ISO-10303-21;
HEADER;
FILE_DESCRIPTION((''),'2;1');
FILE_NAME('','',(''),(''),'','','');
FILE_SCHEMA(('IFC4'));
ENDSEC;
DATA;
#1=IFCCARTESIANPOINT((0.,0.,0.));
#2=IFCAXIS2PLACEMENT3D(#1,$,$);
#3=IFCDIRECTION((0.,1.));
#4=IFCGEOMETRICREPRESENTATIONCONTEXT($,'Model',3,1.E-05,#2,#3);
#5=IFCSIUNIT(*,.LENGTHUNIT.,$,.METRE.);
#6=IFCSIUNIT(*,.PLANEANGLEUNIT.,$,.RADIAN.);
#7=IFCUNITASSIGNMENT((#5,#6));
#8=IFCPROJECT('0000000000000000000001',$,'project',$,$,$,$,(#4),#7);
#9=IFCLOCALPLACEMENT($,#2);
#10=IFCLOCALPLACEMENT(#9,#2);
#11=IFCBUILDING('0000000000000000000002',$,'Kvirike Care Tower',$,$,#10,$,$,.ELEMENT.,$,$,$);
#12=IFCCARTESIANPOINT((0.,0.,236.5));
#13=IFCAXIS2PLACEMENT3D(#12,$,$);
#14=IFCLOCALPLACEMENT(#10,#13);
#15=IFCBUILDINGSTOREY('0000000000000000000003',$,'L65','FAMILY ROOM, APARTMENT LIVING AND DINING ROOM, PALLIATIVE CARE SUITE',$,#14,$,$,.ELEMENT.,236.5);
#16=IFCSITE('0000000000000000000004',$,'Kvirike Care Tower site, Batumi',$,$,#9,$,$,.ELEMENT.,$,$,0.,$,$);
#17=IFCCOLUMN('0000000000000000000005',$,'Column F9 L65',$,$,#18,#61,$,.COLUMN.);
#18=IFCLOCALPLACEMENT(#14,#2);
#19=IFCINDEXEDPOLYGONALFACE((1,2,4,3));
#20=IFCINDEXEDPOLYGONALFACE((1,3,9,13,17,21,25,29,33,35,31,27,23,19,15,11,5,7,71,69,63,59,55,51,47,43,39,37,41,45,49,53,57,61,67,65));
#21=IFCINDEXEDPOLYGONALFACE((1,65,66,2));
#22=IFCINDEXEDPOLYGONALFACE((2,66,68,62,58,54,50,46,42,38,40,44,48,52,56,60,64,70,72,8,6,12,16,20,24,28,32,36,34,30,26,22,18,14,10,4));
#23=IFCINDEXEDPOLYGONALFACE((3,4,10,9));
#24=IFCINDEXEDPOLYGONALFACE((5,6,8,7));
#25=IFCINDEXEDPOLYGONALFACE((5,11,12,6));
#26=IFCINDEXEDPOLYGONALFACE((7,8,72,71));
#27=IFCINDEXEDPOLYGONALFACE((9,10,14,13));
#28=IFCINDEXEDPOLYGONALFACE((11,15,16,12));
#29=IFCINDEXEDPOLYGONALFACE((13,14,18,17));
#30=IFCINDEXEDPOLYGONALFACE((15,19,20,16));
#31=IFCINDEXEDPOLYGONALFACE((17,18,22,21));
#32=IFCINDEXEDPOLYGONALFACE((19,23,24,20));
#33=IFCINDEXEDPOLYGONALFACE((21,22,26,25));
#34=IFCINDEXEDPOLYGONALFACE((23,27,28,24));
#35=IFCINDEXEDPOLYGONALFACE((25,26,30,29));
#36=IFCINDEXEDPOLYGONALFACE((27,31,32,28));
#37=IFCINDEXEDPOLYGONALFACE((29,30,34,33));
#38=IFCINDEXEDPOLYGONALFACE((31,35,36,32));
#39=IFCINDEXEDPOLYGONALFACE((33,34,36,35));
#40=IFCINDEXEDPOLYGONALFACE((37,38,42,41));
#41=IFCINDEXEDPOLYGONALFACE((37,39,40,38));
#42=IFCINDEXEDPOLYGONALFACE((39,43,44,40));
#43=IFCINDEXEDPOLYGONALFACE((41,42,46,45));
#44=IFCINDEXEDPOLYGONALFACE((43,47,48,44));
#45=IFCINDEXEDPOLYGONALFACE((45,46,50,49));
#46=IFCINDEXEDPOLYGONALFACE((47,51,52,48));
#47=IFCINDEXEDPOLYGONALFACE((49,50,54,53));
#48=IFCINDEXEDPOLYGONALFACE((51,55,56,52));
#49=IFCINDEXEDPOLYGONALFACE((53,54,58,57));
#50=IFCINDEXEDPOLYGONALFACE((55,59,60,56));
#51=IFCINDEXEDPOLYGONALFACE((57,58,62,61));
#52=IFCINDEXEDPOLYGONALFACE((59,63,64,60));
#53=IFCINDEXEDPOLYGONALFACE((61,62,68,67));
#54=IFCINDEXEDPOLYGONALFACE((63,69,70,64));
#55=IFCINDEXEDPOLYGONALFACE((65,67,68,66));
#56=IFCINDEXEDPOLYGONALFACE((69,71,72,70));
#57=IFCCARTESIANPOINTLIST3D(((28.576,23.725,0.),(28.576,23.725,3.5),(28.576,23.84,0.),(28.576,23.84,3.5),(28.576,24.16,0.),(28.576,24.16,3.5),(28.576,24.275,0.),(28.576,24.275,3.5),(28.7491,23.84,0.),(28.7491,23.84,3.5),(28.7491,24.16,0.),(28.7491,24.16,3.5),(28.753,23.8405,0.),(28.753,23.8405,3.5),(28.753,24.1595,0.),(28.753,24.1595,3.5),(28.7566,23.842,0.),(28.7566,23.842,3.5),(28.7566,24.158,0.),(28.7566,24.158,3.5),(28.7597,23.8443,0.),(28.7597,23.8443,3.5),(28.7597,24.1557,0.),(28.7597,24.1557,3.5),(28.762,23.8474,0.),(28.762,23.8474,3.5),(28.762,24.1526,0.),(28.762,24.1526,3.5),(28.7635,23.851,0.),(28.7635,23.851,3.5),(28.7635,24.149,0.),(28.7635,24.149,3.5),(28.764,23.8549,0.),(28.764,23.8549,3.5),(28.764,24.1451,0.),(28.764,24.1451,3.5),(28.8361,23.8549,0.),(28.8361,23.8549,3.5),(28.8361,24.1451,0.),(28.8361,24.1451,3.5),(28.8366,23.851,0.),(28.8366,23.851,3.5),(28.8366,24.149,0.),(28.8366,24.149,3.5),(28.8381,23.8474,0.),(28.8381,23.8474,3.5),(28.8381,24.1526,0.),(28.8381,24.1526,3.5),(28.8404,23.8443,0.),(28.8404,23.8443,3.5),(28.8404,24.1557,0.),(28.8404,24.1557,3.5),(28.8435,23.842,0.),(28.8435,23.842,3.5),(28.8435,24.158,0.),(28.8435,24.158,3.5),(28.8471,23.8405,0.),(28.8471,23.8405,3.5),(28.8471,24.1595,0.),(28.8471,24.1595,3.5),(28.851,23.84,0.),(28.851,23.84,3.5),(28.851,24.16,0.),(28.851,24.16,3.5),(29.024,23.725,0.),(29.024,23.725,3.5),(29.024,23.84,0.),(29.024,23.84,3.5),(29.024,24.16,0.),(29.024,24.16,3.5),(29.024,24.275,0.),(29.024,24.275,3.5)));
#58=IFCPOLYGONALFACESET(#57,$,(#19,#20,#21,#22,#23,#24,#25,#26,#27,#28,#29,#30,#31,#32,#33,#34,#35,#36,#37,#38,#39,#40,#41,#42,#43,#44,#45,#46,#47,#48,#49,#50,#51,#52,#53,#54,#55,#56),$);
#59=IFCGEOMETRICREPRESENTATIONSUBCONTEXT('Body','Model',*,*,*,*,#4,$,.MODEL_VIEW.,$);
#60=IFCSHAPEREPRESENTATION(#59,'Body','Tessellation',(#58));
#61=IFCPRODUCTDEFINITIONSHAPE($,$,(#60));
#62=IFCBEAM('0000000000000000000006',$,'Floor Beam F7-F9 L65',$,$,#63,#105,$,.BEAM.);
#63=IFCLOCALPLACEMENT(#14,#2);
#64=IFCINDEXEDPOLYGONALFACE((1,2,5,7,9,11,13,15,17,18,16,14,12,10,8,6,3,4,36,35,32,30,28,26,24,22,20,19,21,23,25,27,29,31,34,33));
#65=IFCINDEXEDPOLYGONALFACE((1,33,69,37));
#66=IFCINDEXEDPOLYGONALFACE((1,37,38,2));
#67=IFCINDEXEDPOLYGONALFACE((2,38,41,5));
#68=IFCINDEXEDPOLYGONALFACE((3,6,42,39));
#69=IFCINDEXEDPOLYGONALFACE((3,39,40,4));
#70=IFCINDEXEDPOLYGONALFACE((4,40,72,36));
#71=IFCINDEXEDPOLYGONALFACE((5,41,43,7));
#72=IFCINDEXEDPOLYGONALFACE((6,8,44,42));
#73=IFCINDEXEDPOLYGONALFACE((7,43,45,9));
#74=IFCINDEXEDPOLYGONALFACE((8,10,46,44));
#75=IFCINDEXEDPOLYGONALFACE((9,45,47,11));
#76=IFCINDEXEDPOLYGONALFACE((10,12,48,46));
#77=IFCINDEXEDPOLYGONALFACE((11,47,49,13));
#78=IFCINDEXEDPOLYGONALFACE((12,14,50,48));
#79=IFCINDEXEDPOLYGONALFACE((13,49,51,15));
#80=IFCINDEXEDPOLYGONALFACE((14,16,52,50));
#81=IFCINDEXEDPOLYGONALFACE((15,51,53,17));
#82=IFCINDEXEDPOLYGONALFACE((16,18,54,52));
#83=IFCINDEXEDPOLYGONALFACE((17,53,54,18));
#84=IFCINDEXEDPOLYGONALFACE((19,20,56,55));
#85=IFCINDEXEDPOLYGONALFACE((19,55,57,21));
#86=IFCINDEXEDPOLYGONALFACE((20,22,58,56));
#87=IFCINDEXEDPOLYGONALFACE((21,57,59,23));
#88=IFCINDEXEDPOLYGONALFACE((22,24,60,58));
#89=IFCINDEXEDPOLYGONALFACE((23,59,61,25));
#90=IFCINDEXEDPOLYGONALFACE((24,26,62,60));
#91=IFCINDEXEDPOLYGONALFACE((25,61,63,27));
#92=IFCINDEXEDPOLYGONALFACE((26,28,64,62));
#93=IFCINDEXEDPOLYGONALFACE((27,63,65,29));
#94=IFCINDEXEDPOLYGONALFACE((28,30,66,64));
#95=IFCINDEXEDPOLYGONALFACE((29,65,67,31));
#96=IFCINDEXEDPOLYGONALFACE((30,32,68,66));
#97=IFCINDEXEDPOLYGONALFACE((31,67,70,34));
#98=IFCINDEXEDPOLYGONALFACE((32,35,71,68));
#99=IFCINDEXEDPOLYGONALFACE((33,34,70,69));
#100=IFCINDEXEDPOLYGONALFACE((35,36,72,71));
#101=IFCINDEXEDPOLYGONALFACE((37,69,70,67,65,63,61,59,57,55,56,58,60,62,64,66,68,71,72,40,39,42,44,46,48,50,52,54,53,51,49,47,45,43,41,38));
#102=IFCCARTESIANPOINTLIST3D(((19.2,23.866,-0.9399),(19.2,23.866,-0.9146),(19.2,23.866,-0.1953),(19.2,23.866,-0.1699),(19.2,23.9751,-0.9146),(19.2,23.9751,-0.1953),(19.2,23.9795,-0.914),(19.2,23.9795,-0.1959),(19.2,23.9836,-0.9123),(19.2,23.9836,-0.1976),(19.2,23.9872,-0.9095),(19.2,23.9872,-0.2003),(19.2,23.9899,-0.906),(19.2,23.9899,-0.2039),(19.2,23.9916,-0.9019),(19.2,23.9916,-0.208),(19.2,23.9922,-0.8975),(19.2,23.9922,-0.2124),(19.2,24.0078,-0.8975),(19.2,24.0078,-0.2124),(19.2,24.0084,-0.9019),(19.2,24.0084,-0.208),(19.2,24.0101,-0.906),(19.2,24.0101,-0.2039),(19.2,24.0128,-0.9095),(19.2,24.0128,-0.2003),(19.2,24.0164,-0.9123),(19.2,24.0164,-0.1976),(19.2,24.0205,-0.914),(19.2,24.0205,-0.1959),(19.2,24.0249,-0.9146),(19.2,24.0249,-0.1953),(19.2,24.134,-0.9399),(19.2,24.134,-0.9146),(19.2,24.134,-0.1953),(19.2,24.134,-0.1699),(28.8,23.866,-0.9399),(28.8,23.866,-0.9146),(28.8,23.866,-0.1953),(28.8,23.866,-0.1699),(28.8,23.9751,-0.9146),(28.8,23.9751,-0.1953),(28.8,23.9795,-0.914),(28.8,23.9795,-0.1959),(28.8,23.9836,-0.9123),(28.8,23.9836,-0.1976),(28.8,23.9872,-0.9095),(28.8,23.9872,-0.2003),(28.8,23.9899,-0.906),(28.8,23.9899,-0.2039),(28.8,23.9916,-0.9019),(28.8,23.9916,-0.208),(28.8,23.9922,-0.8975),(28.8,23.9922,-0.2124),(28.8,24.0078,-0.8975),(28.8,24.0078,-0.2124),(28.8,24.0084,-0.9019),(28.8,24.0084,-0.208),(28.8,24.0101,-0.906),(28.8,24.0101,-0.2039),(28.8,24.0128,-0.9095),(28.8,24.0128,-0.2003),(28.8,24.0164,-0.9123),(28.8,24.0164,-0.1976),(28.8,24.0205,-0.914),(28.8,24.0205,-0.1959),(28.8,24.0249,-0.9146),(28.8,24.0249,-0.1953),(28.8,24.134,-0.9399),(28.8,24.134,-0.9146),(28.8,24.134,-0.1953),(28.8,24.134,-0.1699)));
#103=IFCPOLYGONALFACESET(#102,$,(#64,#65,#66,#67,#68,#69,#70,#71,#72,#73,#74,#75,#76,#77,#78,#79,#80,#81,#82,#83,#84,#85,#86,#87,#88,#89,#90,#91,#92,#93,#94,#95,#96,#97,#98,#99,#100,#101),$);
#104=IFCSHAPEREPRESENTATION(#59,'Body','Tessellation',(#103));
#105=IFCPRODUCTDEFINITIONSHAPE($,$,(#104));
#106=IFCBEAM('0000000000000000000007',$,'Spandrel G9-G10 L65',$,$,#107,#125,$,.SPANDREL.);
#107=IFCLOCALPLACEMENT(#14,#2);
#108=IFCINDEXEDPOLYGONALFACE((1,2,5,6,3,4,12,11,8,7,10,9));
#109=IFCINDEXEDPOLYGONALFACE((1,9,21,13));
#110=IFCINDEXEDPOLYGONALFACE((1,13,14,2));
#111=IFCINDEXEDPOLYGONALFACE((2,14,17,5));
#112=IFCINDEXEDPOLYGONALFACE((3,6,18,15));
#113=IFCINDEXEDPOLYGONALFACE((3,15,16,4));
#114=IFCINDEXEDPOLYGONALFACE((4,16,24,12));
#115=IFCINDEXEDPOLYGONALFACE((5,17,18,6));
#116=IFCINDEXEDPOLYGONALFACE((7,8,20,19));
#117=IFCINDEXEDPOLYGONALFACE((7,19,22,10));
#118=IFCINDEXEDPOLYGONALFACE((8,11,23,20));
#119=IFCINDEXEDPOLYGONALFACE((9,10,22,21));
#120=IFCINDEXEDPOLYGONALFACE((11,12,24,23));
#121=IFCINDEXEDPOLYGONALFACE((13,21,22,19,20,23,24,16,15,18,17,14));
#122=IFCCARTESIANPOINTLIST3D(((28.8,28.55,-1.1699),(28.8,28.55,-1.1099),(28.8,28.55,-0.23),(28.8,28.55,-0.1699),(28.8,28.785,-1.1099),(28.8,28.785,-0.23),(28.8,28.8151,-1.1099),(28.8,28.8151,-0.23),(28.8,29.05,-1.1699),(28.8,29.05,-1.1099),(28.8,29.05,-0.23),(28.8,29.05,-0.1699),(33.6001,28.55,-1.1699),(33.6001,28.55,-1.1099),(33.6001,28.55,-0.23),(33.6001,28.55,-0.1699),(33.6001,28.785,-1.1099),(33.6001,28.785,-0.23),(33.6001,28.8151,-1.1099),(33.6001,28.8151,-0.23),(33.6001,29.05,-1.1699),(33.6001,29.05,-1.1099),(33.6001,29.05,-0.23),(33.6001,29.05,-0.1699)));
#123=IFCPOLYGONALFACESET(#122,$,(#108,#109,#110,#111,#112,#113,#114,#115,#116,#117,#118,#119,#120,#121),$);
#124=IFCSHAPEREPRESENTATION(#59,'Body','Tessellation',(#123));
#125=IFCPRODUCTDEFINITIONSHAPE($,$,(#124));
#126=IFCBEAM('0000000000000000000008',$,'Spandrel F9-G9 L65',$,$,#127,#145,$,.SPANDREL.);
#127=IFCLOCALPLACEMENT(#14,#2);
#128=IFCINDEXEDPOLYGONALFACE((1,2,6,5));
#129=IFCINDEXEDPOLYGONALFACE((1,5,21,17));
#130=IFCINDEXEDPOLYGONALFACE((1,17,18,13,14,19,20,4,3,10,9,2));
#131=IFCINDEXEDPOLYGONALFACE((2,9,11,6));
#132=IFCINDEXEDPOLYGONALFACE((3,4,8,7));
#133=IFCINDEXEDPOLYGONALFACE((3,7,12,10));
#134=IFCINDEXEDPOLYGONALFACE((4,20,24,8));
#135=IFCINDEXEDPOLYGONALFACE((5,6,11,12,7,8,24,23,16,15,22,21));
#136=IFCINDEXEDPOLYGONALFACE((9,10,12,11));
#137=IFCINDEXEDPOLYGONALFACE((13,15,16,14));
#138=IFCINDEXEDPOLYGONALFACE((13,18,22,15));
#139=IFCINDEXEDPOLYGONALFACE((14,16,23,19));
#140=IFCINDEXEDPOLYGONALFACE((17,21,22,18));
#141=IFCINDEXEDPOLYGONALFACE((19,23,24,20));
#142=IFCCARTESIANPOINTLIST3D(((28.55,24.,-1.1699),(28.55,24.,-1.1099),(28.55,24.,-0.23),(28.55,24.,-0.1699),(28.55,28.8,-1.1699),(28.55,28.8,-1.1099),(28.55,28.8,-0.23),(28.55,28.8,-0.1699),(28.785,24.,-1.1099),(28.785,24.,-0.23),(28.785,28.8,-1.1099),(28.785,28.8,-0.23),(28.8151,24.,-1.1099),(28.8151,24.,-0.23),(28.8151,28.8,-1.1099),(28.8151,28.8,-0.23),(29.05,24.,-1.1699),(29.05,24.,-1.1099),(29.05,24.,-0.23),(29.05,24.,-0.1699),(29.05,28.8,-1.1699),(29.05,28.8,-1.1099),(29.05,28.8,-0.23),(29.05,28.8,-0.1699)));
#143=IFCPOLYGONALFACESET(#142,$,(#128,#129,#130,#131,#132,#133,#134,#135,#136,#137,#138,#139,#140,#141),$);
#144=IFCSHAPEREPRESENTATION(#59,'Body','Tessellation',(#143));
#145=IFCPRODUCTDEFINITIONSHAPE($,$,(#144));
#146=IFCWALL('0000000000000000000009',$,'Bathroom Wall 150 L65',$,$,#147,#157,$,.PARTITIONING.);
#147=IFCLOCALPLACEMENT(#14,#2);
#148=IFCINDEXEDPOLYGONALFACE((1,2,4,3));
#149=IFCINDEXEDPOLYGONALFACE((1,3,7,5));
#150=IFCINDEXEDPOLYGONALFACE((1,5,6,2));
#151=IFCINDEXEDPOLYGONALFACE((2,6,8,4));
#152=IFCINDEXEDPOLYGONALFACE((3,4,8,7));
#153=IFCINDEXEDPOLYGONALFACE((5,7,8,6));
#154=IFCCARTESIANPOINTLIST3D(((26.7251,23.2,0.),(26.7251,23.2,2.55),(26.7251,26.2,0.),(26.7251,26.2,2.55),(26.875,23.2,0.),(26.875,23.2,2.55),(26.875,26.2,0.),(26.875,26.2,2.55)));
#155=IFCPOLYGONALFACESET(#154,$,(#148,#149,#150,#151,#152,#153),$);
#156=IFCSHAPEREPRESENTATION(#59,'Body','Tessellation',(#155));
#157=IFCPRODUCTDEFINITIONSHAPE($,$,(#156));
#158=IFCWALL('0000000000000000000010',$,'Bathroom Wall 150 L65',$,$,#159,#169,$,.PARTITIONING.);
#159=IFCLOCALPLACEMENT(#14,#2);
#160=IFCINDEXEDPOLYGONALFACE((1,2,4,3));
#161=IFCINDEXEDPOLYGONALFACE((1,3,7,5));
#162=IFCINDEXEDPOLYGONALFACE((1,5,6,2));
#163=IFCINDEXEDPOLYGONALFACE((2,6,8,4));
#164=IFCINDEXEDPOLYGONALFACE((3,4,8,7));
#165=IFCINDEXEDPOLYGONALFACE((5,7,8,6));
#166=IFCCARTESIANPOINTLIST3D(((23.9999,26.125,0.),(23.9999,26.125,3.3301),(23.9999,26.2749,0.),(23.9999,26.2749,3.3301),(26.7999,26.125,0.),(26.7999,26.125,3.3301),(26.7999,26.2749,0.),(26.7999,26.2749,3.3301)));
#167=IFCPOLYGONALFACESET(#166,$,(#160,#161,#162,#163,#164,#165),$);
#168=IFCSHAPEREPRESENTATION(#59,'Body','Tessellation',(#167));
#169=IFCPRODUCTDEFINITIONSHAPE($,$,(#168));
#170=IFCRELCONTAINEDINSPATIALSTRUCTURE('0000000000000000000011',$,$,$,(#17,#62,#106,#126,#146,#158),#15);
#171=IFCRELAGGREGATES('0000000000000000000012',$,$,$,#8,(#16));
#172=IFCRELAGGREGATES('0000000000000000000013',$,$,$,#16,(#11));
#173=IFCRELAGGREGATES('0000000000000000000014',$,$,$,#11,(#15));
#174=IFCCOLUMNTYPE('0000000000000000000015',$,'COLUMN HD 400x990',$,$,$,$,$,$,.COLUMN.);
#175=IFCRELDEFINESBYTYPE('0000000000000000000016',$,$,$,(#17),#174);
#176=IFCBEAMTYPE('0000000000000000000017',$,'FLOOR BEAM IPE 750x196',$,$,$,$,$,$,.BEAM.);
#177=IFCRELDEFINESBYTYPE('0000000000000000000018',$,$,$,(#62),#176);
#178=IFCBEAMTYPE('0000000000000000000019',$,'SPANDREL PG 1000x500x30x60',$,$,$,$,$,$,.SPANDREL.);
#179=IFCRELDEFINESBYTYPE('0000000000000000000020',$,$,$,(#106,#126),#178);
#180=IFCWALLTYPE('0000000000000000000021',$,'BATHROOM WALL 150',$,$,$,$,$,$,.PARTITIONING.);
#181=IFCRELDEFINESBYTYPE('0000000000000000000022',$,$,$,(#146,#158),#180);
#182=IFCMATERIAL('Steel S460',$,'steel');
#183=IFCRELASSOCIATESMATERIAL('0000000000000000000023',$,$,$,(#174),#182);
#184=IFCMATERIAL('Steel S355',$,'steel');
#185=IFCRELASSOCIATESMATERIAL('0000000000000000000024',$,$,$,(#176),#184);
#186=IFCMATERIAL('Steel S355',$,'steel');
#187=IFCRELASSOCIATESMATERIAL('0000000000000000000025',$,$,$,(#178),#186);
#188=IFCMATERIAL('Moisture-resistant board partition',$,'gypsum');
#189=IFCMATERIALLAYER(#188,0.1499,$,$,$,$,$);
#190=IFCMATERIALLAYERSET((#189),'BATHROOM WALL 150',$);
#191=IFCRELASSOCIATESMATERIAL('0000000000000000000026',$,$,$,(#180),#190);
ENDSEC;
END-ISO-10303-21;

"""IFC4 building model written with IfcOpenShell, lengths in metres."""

from ifc_helpers import new_model, si_unit, direction, frame, frame_2d, origin, origin_2d, place, context, subcontext, project, spatial, rectangle, i_section, extrude, material, layer, layer_set, material_profile, profile_set, type_object, element, save


model = new_model("IFC4")

# Units and contexts
model_context = context("Model", 3, precision=1e-05, world=origin(), true_north=direction((0.0, 1.0)))
body_context = subcontext(model_context, "Body", "Model", "MODEL_VIEW")
ifc_project = project(units=[si_unit("LENGTHUNIT", "METRE"), si_unit("PLANEANGLEUNIT", "RADIAN")], contexts=[model_context])

# Site, building, storey
site_placement = place(None, origin())
site = spatial("IfcSite", under=ifc_project, at=site_placement, Name="Kvirike Care Tower site, Batumi", CompositionType="ELEMENT", RefElevation=0.0)
building_placement = place(site_placement, origin())
building = spatial("IfcBuilding", under=site, at=building_placement, Name="Kvirike Care Tower", CompositionType="ELEMENT")
storey_placement = place(building_placement, frame((0.0, 0.0, 236.5)))
storey = spatial("IfcBuildingStorey", under=building, at=storey_placement, Name="L65", Description="FAMILY ROOM, APARTMENT LIVING AND DINING ROOM, PALLIATIVE CARE SUITE", CompositionType="ELEMENT", Elevation=236.5)

# Column
ifc_material_1 = material(Name="Steel S460", Category="steel")
ifc_material_profile_1 = material_profile(ifc_material_1, i_section(OverallWidth=0.448, OverallDepth=0.55, WebThickness=0.072, FlangeThickness=0.115, FilletRadius=0.0149, at=origin_2d()), Name="HD 400x990")
ifc_profile_set_1 = profile_set([ifc_material_profile_1], Name="Steel S460")
column_type = type_object("IfcColumnType", Name="COLUMN HD 400x990", PredefinedType="COLUMN", material=ifc_profile_set_1)
column_placement = place(storey_placement, frame((28.8, 24.0, 0.0), z_axis=(0.0, 0.0, 1.0), x_axis=(1.0, 0.0, 0.0)))
element("IfcColumn", 1, at=column_placement, inside=storey, type_object=column_type, Name="Column F9 L65", PredefinedType="COLUMN", context=body_context, shape_type="SweptSolid", body=[
    extrude(i_section(OverallWidth=0.448, OverallDepth=0.55, WebThickness=0.072, FlangeThickness=0.115, FilletRadius=0.0149, at=origin_2d()), origin(), (0.0, 0.0, 1.0), 3.5),
])

# Beams
ifc_material_2 = material(Name="Steel S355", Category="steel")
ifc_material_profile_2 = material_profile(ifc_material_2, i_section(OverallWidth=0.2681, OverallDepth=0.77, WebThickness=0.0156, FlangeThickness=0.0254, FilletRadius=0.0171, at=origin_2d()), Name="IPE 750x196")
ifc_profile_set_2 = profile_set([ifc_material_profile_2], Name="Steel S355")
beam_type_1 = type_object("IfcBeamType", Name="FLOOR BEAM IPE 750x196", PredefinedType="BEAM", material=ifc_profile_set_2)
beam_placement = place(storey_placement, frame((19.2, 24.0, -0.5549), z_axis=(1.0, 0.0, 0.0), x_axis=(0.0, 1.0, 0.0)))
element("IfcBeam", 2, at=beam_placement, inside=storey, type_object=beam_type_1, Name="Floor Beam F7-F9 L65", PredefinedType="BEAM", context=body_context, shape_type="SweptSolid", body=[
    extrude(i_section(OverallWidth=0.2681, OverallDepth=0.77, WebThickness=0.0156, FlangeThickness=0.0254, FilletRadius=0.0171, at=origin_2d()), origin(), (0.0, 0.0, 1.0), 9.6001),
])
ifc_material_3 = material(Name="Steel S355", Category="steel")
ifc_material_profile_3 = material_profile(ifc_material_3, i_section(OverallWidth=0.5, OverallDepth=1.0, WebThickness=0.03, FlangeThickness=0.0601, at=origin_2d()), Name="PG 1000x500x30x60")
ifc_profile_set_3 = profile_set([ifc_material_profile_3], Name="Steel S355")
beam_type_2 = type_object("IfcBeamType", Name="SPANDREL PG 1000x500x30x60", PredefinedType="SPANDREL", material=ifc_profile_set_3)
for number, where, z_axis, x_axis, name in (
    (3, (28.8, 28.8, -0.6699), (1.0, 0.0, 0.0), (0.0, 1.0, 0.0), "Spandrel G9-G10 L65"),
    (4, (28.8, 24.0, -0.6699), (0.0, 1.0, 0.0), (-1.0, 0.0, 0.0), "Spandrel F9-G9 L65"),
):
    element("IfcBeam", number, at=place(storey_placement, frame(where, z_axis=z_axis, x_axis=x_axis)), inside=storey, type_object=beam_type_2, Name=name, PredefinedType="SPANDREL", context=body_context, shape_type="SweptSolid", body=[
        extrude(i_section(OverallWidth=0.5, OverallDepth=1.0, WebThickness=0.03, FlangeThickness=0.0601, at=origin_2d()), origin(), (0.0, 0.0, 1.0), 4.8),
    ])

# Walls
ifc_material_4 = material(Name="Moisture-resistant board partition", Category="gypsum")
ifc_layer_1 = layer(ifc_material_4, 0.1499)
ifc_layer_set_1 = layer_set([ifc_layer_1], Name="BATHROOM WALL 150")
wall_type_1 = type_object("IfcWallType", Name="BATHROOM WALL 150", PredefinedType="PARTITIONING", material=ifc_layer_set_1)
wall_1_placement = place(storey_placement, frame((26.8, 23.2, 0.0), z_axis=(0.0, 0.0, 1.0), x_axis=(0.0, 1.0, 0.0)))
element("IfcWall", 5, at=wall_1_placement, inside=storey, type_object=wall_type_1, Name="Bathroom Wall 150 L65", PredefinedType="PARTITIONING", context=body_context, shape_type="SweptSolid", body=[
    extrude(rectangle(XDim=3.0, YDim=0.1499, at=frame_2d((1.5, 0.0))), origin(), (0.0, 0.0, 1.0), 2.55),
])
wall_2_placement = place(storey_placement, frame((24.0, 26.2, 0.0), z_axis=(0.0, 0.0, 1.0), x_axis=(1.0, 0.0, 0.0)))
element("IfcWall", 6, at=wall_2_placement, inside=storey, type_object=wall_type_1, Name="Bathroom Wall 150 L65", PredefinedType="PARTITIONING", context=body_context, shape_type="SweptSolid", body=[
    extrude(rectangle(XDim=2.8, YDim=0.1499, at=frame_2d((1.3999, 0.0))), origin(), (0.0, 0.0, 1.0), 3.3301),
])

save(model, "model.ifc")
